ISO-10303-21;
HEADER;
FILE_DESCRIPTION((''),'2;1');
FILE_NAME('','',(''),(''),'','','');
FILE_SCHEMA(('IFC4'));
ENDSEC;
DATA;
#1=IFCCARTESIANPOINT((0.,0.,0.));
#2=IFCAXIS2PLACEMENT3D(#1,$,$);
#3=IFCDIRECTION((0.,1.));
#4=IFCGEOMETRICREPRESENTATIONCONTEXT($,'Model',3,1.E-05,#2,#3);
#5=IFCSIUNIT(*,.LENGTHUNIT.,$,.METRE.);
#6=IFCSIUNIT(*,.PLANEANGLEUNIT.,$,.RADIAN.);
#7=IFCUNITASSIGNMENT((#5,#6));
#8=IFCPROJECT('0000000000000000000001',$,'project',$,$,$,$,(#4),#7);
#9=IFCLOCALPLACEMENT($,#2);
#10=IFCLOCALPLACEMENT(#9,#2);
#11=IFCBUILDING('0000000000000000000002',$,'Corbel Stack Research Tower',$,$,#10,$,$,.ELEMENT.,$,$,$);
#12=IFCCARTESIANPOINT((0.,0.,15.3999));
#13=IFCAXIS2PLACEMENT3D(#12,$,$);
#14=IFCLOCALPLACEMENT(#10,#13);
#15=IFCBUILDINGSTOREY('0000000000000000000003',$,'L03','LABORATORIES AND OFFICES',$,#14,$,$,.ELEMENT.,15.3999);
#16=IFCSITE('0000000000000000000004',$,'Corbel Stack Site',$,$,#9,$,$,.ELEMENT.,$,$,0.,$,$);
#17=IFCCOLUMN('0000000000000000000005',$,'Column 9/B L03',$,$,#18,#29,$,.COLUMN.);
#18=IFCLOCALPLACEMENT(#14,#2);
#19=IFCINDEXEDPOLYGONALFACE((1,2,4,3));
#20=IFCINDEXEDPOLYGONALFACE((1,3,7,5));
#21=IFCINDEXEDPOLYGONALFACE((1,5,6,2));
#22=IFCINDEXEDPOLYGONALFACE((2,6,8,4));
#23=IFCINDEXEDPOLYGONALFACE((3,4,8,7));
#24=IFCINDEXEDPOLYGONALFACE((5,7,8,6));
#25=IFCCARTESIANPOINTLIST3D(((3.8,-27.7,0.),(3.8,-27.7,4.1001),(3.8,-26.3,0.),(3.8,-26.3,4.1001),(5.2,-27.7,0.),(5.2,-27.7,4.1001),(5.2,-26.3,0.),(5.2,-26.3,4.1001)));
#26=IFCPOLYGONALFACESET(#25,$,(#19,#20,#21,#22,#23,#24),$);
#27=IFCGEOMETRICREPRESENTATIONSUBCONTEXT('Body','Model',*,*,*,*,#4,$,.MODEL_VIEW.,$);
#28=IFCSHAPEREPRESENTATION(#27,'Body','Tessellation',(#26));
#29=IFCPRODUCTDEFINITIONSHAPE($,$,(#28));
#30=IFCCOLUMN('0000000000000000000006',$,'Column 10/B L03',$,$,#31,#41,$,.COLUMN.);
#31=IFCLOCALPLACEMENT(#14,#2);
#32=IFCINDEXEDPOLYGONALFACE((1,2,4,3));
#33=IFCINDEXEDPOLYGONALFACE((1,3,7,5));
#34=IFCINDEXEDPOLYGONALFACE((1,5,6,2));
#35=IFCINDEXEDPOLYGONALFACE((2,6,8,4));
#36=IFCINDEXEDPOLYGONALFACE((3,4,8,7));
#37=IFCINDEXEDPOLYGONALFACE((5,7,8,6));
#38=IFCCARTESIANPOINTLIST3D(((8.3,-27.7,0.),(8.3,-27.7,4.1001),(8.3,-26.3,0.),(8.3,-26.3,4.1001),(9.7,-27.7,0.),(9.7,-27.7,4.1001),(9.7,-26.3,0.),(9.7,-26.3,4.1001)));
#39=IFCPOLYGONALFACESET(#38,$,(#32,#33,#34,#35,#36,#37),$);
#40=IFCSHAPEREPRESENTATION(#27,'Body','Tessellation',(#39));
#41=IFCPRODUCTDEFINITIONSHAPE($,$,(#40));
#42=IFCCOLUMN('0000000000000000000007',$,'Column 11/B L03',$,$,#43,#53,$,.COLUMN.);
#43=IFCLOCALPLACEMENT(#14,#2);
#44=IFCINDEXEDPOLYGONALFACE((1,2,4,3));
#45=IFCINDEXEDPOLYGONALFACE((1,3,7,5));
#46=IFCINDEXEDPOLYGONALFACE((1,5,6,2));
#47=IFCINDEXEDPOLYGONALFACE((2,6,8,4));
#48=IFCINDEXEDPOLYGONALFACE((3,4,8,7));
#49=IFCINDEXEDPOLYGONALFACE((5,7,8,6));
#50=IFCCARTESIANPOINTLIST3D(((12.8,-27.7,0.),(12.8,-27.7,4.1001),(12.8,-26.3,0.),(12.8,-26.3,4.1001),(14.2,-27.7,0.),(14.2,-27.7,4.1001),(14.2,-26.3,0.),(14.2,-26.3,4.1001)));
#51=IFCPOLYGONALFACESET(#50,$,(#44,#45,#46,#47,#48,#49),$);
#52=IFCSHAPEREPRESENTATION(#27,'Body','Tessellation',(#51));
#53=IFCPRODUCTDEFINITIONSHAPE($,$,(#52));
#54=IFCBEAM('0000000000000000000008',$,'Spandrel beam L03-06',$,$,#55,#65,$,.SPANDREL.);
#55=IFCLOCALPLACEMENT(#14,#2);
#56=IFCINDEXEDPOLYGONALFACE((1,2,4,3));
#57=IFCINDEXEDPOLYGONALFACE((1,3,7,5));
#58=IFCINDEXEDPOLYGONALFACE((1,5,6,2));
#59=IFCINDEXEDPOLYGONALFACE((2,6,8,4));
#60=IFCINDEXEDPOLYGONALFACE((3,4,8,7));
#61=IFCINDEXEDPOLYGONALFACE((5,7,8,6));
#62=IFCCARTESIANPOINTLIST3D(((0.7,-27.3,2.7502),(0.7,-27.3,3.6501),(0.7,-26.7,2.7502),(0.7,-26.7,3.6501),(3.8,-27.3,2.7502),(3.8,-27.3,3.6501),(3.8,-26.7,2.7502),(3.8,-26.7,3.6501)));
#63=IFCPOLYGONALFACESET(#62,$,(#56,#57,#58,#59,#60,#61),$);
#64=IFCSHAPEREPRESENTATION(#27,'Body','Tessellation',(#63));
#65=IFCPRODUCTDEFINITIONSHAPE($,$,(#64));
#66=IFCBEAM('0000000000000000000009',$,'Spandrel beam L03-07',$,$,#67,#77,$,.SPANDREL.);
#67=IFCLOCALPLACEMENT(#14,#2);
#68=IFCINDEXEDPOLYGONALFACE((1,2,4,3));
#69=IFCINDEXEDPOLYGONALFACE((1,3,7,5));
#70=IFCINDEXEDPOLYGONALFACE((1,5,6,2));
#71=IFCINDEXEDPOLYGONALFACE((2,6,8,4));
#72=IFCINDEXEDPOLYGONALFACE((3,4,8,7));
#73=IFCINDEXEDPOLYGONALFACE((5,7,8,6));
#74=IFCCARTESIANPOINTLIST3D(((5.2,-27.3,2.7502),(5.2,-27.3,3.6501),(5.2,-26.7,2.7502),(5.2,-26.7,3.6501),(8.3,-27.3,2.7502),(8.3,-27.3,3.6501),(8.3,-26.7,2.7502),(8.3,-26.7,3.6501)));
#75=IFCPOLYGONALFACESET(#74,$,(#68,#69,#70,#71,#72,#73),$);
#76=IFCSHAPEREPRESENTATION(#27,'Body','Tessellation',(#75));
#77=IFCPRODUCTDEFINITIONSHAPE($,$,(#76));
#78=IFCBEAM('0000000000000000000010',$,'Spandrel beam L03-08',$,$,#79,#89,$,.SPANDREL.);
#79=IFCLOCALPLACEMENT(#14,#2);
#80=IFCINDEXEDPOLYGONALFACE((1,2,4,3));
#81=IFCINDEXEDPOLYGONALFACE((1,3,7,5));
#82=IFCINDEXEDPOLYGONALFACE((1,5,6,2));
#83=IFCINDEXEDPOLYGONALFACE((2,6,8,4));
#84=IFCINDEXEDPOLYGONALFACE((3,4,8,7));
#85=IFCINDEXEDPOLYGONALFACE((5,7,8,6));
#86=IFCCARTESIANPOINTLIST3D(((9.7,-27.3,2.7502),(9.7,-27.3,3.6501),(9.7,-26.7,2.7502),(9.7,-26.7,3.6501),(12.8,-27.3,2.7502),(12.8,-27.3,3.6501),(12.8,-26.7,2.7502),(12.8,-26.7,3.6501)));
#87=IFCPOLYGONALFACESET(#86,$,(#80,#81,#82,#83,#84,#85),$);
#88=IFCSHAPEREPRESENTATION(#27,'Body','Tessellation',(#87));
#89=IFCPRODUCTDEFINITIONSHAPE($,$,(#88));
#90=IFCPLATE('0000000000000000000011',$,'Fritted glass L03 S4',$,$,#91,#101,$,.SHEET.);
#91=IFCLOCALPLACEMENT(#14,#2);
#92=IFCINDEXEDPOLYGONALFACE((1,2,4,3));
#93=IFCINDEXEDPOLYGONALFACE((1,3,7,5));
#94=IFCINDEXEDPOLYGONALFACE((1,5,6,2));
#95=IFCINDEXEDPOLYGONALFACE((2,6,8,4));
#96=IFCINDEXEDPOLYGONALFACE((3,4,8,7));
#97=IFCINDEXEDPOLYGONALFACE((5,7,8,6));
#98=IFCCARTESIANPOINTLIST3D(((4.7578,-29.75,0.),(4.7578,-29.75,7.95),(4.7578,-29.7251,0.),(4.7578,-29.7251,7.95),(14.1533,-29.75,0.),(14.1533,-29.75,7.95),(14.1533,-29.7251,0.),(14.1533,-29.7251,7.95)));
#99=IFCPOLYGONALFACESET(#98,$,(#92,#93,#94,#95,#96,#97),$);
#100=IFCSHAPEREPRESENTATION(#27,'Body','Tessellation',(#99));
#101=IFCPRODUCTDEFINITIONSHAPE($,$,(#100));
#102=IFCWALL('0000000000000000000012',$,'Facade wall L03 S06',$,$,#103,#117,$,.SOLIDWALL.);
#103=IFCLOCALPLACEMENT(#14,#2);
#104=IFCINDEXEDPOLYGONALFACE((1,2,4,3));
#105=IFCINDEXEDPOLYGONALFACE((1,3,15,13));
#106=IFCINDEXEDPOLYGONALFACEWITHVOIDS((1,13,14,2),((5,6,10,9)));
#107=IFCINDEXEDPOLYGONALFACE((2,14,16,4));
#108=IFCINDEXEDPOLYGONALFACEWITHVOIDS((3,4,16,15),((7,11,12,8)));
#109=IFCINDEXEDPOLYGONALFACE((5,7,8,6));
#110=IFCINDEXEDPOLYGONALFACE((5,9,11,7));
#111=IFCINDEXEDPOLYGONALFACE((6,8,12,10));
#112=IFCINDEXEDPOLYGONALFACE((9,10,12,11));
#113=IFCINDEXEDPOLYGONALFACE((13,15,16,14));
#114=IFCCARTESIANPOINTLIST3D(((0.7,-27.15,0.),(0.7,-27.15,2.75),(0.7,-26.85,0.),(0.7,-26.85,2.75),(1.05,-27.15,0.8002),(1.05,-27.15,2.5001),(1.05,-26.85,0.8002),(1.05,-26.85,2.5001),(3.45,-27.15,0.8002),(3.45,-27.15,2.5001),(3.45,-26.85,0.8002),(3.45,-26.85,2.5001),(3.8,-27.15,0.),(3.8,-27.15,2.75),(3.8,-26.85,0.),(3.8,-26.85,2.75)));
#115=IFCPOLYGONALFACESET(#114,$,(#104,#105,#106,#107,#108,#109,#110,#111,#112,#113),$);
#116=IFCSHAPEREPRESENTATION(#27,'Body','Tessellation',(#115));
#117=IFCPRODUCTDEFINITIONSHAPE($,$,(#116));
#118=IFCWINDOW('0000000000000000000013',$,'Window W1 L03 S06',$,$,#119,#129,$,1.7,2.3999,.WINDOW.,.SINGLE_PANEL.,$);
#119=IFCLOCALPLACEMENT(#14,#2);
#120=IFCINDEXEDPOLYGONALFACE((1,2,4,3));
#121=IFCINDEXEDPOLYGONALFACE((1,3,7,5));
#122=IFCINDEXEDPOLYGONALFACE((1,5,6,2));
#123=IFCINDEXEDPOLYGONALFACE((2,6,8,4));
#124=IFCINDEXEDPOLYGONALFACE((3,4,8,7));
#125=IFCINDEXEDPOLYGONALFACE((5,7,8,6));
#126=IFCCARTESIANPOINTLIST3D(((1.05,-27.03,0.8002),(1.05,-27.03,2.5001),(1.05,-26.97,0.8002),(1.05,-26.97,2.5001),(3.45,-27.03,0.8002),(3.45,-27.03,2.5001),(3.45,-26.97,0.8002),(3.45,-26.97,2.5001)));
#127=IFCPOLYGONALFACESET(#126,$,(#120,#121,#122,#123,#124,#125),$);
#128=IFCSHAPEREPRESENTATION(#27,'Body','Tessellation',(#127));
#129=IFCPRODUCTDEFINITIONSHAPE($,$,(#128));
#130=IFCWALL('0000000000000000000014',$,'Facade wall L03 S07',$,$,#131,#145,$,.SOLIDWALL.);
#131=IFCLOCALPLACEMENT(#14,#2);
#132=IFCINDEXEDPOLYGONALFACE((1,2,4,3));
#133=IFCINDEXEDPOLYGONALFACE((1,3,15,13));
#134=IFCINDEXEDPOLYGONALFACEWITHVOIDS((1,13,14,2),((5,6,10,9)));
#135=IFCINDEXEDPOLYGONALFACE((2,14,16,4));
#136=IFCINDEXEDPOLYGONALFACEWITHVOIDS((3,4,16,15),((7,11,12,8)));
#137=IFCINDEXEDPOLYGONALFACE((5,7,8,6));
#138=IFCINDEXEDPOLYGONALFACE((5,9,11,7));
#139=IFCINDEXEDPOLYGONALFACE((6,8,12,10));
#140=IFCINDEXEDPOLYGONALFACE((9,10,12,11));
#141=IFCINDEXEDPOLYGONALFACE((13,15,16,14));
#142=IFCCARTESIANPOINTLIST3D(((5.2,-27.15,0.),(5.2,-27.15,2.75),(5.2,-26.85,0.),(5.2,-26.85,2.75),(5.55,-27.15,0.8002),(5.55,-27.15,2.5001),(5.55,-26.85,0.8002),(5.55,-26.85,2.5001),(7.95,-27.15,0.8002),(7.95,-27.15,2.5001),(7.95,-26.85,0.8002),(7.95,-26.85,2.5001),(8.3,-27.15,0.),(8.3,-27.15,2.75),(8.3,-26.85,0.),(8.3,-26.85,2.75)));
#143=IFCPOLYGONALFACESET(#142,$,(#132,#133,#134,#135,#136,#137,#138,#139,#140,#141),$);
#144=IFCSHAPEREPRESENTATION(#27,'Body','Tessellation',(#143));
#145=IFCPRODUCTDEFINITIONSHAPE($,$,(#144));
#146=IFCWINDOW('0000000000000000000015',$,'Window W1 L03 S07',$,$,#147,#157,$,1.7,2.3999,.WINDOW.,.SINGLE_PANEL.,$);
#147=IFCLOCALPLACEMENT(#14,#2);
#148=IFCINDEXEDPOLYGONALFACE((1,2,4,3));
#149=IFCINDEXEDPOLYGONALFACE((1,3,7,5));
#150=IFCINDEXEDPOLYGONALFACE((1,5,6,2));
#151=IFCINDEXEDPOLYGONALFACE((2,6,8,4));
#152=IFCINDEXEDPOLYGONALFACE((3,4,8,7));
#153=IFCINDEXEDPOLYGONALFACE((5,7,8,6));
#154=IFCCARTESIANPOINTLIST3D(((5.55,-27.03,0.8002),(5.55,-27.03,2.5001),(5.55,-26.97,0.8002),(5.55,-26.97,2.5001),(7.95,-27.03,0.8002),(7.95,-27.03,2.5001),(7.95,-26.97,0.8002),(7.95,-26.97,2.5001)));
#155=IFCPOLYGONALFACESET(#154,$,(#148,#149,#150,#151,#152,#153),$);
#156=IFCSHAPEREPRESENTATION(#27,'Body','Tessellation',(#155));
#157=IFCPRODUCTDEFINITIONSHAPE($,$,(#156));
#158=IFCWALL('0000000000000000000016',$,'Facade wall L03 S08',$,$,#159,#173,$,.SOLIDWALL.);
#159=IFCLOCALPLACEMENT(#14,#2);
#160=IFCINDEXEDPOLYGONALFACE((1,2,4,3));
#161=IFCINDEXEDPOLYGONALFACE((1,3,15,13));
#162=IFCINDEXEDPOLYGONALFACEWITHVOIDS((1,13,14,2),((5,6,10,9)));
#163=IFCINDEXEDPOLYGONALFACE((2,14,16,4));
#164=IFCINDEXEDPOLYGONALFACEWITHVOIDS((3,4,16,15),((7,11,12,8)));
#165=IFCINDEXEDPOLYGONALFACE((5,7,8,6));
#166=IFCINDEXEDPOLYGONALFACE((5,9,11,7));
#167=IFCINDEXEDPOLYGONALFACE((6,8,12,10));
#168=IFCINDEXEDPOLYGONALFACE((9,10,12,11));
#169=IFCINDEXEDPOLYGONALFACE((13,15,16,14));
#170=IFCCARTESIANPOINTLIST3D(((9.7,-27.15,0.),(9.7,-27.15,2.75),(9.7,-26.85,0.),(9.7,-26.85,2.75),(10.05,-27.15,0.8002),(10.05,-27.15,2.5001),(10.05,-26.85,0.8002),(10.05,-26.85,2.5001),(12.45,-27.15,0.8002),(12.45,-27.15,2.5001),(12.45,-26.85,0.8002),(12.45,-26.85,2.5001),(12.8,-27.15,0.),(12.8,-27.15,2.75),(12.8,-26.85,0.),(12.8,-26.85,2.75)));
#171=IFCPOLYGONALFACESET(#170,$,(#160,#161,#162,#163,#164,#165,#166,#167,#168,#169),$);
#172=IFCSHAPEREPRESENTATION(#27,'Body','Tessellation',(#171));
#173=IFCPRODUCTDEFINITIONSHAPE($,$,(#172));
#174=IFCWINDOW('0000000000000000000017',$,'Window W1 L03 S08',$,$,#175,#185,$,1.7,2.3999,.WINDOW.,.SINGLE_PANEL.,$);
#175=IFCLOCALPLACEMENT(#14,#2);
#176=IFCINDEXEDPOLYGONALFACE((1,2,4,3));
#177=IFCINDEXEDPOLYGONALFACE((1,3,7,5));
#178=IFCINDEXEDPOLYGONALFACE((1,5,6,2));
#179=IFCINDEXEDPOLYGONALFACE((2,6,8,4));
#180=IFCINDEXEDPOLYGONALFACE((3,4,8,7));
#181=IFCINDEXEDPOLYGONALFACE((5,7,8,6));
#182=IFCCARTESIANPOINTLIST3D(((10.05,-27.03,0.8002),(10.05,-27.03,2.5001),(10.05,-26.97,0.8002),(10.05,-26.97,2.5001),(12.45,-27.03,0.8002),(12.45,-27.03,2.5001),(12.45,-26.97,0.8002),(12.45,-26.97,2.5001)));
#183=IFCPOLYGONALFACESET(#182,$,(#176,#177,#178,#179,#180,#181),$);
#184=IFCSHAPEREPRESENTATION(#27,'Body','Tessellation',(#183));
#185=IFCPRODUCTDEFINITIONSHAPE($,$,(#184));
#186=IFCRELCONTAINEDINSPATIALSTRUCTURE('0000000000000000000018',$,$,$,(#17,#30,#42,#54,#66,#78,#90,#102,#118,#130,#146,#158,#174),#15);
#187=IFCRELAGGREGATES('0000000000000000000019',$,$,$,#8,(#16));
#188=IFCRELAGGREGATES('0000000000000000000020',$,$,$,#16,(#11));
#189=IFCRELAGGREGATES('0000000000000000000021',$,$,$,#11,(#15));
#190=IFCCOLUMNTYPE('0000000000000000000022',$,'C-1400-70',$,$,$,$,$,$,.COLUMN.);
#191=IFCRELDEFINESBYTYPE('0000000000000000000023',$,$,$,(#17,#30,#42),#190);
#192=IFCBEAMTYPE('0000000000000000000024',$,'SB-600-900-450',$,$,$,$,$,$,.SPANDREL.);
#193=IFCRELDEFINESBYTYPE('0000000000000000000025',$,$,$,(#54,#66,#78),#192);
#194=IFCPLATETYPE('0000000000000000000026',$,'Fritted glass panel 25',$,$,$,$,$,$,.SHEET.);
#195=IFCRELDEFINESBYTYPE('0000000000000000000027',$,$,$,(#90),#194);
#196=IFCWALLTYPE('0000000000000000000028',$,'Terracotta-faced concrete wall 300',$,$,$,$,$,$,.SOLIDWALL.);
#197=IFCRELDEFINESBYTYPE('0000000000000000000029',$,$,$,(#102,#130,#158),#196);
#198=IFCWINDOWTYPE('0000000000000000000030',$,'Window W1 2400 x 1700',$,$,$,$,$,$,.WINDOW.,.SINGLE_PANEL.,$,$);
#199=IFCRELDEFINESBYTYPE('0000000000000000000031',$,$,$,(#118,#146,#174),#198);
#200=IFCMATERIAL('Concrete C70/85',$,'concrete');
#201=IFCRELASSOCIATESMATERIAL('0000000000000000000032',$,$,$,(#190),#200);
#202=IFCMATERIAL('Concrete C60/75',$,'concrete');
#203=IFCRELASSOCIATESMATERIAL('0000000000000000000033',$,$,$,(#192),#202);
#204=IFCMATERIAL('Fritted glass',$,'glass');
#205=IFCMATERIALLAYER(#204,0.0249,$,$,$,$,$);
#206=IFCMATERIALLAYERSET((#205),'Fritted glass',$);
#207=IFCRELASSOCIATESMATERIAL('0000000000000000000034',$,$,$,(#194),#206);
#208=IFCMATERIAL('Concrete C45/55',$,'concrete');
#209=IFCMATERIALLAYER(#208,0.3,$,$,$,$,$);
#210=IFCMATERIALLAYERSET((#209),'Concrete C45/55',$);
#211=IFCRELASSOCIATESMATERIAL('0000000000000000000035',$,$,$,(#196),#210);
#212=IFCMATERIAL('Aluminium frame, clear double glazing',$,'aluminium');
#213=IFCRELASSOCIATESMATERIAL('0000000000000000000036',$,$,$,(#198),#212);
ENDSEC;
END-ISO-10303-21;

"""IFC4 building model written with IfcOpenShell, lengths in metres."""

from ifc_helpers import new_model, si_unit, direction, frame, frame_2d, origin, origin_2d, place, context, subcontext, project, spatial, rectangle, extrude, material, layer, layer_set, material_profile, profile_set, type_object, element, fill, save


model = new_model("IFC4")

# Units and contexts
model_context = context("Model", 3, precision=1e-05, world=origin(), true_north=direction((0.0, 1.0)))
body_context = subcontext(model_context, "Body", "Model", "MODEL_VIEW")
ifc_project = project(units=[si_unit("LENGTHUNIT", "METRE"), si_unit("PLANEANGLEUNIT", "RADIAN")], contexts=[model_context])

# Site, building, storey
site_placement = place(None, origin())
site = spatial("IfcSite", under=ifc_project, at=site_placement, Name="Corbel Stack Site", CompositionType="ELEMENT", RefElevation=0.0)
building_placement = place(site_placement, origin())
building = spatial("IfcBuilding", under=site, at=building_placement, Name="Corbel Stack Research Tower", CompositionType="ELEMENT")
storey_placement = place(building_placement, frame((0.0, 0.0, 15.3999)))
storey = spatial("IfcBuildingStorey", under=building, at=storey_placement, Name="L03", Description="LABORATORIES AND OFFICES", CompositionType="ELEMENT", Elevation=15.3999)

# Columns
ifc_material_1 = material(Name="Concrete C70/85", Category="concrete")
ifc_material_profile_1 = material_profile(ifc_material_1, rectangle(XDim=1.3999, YDim=1.3999, at=origin_2d()), Name="RC 1400 x 1400")
ifc_profile_set_1 = profile_set([ifc_material_profile_1], Name="Concrete C70/85")
column_type = type_object("IfcColumnType", Name="C-1400-70", PredefinedType="COLUMN", material=ifc_profile_set_1)
for number, where, z_axis, x_axis, name in (
    (1, (4.5, -27.0, 0.0), (0.0, 0.0, 1.0), (1.0, 0.0, 0.0), "Column 9/B L03"),
    (2, (9.0, -27.0, 0.0), (0.0, 0.0, 1.0), (1.0, 0.0, 0.0), "Column 10/B L03"),
    (3, (13.5, -27.0, 0.0), (0.0, 0.0, 1.0), (1.0, 0.0, 0.0), "Column 11/B L03"),
):
    element("IfcColumn", number, at=place(storey_placement, frame(where, z_axis=z_axis, x_axis=x_axis)), inside=storey, type_object=column_type, Name=name, PredefinedType="COLUMN", context=body_context, shape_type="SweptSolid", body=[
        extrude(rectangle(XDim=1.3999, YDim=1.3999, at=origin_2d()), origin(), (0.0, 0.0, 1.0), 4.1001),
    ])

# Beams
ifc_material_2 = material(Name="Concrete C60/75", Category="concrete")
ifc_material_profile_2 = material_profile(ifc_material_2, rectangle(XDim=0.6001, YDim=0.8999, at=origin_2d()), Name="RC 600 x 900")
ifc_profile_set_2 = profile_set([ifc_material_profile_2], Name="Concrete C60/75")
beam_type = type_object("IfcBeamType", Name="SB-600-900-450", PredefinedType="SPANDREL", material=ifc_profile_set_2)
for number, where, z_axis, x_axis, name in (
    (4, (0.7, -27.0, 3.2002), (1.0, 0.0, 0.0), (0.0, 1.0, 0.0), "Spandrel beam L03-06"),
    (5, (5.2, -27.0, 3.2002), (1.0, 0.0, 0.0), (0.0, 1.0, 0.0), "Spandrel beam L03-07"),
    (6, (9.7, -27.0, 3.2002), (1.0, 0.0, 0.0), (0.0, 1.0, 0.0), "Spandrel beam L03-08"),
):
    element("IfcBeam", number, at=place(storey_placement, frame(where, z_axis=z_axis, x_axis=x_axis)), inside=storey, type_object=beam_type, Name=name, PredefinedType="SPANDREL", context=body_context, shape_type="SweptSolid", body=[
        extrude(rectangle(XDim=0.6001, YDim=0.8999, at=origin_2d()), origin(), (0.0, 0.0, 1.0), 3.1001),
    ])

# Plate
ifc_material_3 = material(Name="Fritted glass", Category="glass")
ifc_layer_1 = layer(ifc_material_3, 0.0249)
ifc_layer_set_1 = layer_set([ifc_layer_1], Name="Fritted glass")
plate_type = type_object("IfcPlateType", Name="Fritted glass panel 25", PredefinedType="SHEET", material=ifc_layer_set_1)
plate_placement = place(storey_placement, frame((9.4556, -29.7375, 0.0), z_axis=(0.0, 0.0, 1.0), x_axis=(1.0, 0.0, 0.0)))
element("IfcPlate", 7, at=plate_placement, inside=storey, type_object=plate_type, Name="Fritted glass L03 S4", PredefinedType="SHEET", context=body_context, shape_type="SweptSolid", body=[
    extrude(rectangle(XDim=9.3955, YDim=0.0249, at=origin_2d()), origin(), (0.0, 0.0, 1.0), 7.95),
])

# Walls, openings, windows
ifc_material_4 = material(Name="Concrete C45/55", Category="concrete")
ifc_layer_2 = layer(ifc_material_4, 0.3)
ifc_layer_set_2 = layer_set([ifc_layer_2], Name="Concrete C45/55")
wall_type = type_object("IfcWallType", Name="Terracotta-faced concrete wall 300", PredefinedType="SOLIDWALL", material=ifc_layer_set_2)
wall_1_placement = place(storey_placement, frame((3.8, -27.0, 0.0), z_axis=(0.0, 0.0, 1.0), x_axis=(-1.0, 0.0, 0.0)))
wall_1 = element("IfcWall", 8, at=wall_1_placement, inside=storey, type_object=wall_type, Name="Facade wall L03 S06", PredefinedType="SOLIDWALL", context=body_context, shape_type="SweptSolid", body=[
    extrude(rectangle(XDim=3.1001, YDim=0.3, at=frame_2d((1.55, 0.0))), origin(), (0.0, 0.0, 1.0), 2.75),
])
opening_1_placement = place(wall_1_placement, frame((0.3501, 0.0, 0.8)))
opening_1 = element("IfcOpeningElement", 9, at=opening_1_placement, cuts=wall_1, PredefinedType="OPENING", context=body_context, shape_type="SweptSolid", body=[
    extrude(rectangle(XDim=2.3999, YDim=1.7, at=frame_2d((1.2, 0.8501))), frame((0.0, 0.1599, 0.0), z_axis=(0.0, -1.0, 0.0), x_axis=(1.0, 0.0, 0.0)), (0.0, 0.0, 1.0), 0.3201),
])
ifc_material_5 = material(Name="Aluminium frame, clear double glazing", Category="aluminium")
window_type = type_object("IfcWindowType", Name="Window W1 2400 x 1700", PartitioningType="SINGLE_PANEL", PredefinedType="WINDOW", material=ifc_material_5)
window_1_placement = place(opening_1_placement, origin())
window_1 = element("IfcWindow", 10, at=window_1_placement, inside=storey, type_object=window_type, Name="Window W1 L03 S06", OverallHeight=1.7, OverallWidth=2.3999, PartitioningType="SINGLE_PANEL", PredefinedType="WINDOW", context=body_context, shape_type="SweptSolid", body=[
    extrude(rectangle(XDim=2.3999, YDim=1.7, at=frame_2d((1.2, 0.8501))), frame((0.0, 0.03, 0.0), z_axis=(0.0, -1.0, 0.0), x_axis=(1.0, 0.0, 0.0)), (0.0, 0.0, 1.0), 0.0601),
])
fill(opening_1, window_1)
wall_2_placement = place(storey_placement, frame((8.3, -27.0, 0.0), z_axis=(0.0, 0.0, 1.0), x_axis=(-1.0, 0.0, 0.0)))
wall_2 = element("IfcWall", 11, at=wall_2_placement, inside=storey, type_object=wall_type, Name="Facade wall L03 S07", PredefinedType="SOLIDWALL", context=body_context, shape_type="SweptSolid", body=[
    extrude(rectangle(XDim=3.1001, YDim=0.3, at=frame_2d((1.55, 0.0))), origin(), (0.0, 0.0, 1.0), 2.75),
])
opening_2_placement = place(wall_2_placement, frame((0.3501, 0.0, 0.8)))
opening_2 = element("IfcOpeningElement", 12, at=opening_2_placement, cuts=wall_2, PredefinedType="OPENING", context=body_context, shape_type="SweptSolid", body=[
    extrude(rectangle(XDim=2.3999, YDim=1.7, at=frame_2d((1.2, 0.8501))), frame((0.0, 0.1599, 0.0), z_axis=(0.0, -1.0, 0.0), x_axis=(1.0, 0.0, 0.0)), (0.0, 0.0, 1.0), 0.3201),
])
window_2_placement = place(opening_2_placement, origin())
window_2 = element("IfcWindow", 13, at=window_2_placement, inside=storey, type_object=window_type, Name="Window W1 L03 S07", OverallHeight=1.7, OverallWidth=2.3999, PartitioningType="SINGLE_PANEL", PredefinedType="WINDOW", context=body_context, shape_type="SweptSolid", body=[
    extrude(rectangle(XDim=2.3999, YDim=1.7, at=frame_2d((1.2, 0.8501))), frame((0.0, 0.03, 0.0), z_axis=(0.0, -1.0, 0.0), x_axis=(1.0, 0.0, 0.0)), (0.0, 0.0, 1.0), 0.0601),
])
fill(opening_2, window_2)
wall_3_placement = place(storey_placement, frame((12.8, -27.0, 0.0), z_axis=(0.0, 0.0, 1.0), x_axis=(-1.0, 0.0, 0.0)))
wall_3 = element("IfcWall", 14, at=wall_3_placement, inside=storey, type_object=wall_type, Name="Facade wall L03 S08", PredefinedType="SOLIDWALL", context=body_context, shape_type="SweptSolid", body=[
    extrude(rectangle(XDim=3.1001, YDim=0.3, at=frame_2d((1.55, 0.0))), origin(), (0.0, 0.0, 1.0), 2.75),
])
opening_3_placement = place(wall_3_placement, frame((0.3501, 0.0, 0.8)))
opening_3 = element("IfcOpeningElement", 15, at=opening_3_placement, cuts=wall_3, PredefinedType="OPENING", context=body_context, shape_type="SweptSolid", body=[
    extrude(rectangle(XDim=2.3999, YDim=1.7, at=frame_2d((1.2, 0.8501))), frame((0.0, 0.1599, 0.0), z_axis=(0.0, -1.0, 0.0), x_axis=(1.0, 0.0, 0.0)), (0.0, 0.0, 1.0), 0.3201),
])
window_3_placement = place(opening_3_placement, origin())
window_3 = element("IfcWindow", 16, at=window_3_placement, inside=storey, type_object=window_type, Name="Window W1 L03 S08", OverallHeight=1.7, OverallWidth=2.3999, PartitioningType="SINGLE_PANEL", PredefinedType="WINDOW", context=body_context, shape_type="SweptSolid", body=[
    extrude(rectangle(XDim=2.3999, YDim=1.7, at=frame_2d((1.2, 0.8501))), frame((0.0, 0.03, 0.0), z_axis=(0.0, -1.0, 0.0), x_axis=(1.0, 0.0, 0.0)), (0.0, 0.0, 1.0), 0.0601),
])
fill(opening_3, window_3)

save(model, "model.ifc")
